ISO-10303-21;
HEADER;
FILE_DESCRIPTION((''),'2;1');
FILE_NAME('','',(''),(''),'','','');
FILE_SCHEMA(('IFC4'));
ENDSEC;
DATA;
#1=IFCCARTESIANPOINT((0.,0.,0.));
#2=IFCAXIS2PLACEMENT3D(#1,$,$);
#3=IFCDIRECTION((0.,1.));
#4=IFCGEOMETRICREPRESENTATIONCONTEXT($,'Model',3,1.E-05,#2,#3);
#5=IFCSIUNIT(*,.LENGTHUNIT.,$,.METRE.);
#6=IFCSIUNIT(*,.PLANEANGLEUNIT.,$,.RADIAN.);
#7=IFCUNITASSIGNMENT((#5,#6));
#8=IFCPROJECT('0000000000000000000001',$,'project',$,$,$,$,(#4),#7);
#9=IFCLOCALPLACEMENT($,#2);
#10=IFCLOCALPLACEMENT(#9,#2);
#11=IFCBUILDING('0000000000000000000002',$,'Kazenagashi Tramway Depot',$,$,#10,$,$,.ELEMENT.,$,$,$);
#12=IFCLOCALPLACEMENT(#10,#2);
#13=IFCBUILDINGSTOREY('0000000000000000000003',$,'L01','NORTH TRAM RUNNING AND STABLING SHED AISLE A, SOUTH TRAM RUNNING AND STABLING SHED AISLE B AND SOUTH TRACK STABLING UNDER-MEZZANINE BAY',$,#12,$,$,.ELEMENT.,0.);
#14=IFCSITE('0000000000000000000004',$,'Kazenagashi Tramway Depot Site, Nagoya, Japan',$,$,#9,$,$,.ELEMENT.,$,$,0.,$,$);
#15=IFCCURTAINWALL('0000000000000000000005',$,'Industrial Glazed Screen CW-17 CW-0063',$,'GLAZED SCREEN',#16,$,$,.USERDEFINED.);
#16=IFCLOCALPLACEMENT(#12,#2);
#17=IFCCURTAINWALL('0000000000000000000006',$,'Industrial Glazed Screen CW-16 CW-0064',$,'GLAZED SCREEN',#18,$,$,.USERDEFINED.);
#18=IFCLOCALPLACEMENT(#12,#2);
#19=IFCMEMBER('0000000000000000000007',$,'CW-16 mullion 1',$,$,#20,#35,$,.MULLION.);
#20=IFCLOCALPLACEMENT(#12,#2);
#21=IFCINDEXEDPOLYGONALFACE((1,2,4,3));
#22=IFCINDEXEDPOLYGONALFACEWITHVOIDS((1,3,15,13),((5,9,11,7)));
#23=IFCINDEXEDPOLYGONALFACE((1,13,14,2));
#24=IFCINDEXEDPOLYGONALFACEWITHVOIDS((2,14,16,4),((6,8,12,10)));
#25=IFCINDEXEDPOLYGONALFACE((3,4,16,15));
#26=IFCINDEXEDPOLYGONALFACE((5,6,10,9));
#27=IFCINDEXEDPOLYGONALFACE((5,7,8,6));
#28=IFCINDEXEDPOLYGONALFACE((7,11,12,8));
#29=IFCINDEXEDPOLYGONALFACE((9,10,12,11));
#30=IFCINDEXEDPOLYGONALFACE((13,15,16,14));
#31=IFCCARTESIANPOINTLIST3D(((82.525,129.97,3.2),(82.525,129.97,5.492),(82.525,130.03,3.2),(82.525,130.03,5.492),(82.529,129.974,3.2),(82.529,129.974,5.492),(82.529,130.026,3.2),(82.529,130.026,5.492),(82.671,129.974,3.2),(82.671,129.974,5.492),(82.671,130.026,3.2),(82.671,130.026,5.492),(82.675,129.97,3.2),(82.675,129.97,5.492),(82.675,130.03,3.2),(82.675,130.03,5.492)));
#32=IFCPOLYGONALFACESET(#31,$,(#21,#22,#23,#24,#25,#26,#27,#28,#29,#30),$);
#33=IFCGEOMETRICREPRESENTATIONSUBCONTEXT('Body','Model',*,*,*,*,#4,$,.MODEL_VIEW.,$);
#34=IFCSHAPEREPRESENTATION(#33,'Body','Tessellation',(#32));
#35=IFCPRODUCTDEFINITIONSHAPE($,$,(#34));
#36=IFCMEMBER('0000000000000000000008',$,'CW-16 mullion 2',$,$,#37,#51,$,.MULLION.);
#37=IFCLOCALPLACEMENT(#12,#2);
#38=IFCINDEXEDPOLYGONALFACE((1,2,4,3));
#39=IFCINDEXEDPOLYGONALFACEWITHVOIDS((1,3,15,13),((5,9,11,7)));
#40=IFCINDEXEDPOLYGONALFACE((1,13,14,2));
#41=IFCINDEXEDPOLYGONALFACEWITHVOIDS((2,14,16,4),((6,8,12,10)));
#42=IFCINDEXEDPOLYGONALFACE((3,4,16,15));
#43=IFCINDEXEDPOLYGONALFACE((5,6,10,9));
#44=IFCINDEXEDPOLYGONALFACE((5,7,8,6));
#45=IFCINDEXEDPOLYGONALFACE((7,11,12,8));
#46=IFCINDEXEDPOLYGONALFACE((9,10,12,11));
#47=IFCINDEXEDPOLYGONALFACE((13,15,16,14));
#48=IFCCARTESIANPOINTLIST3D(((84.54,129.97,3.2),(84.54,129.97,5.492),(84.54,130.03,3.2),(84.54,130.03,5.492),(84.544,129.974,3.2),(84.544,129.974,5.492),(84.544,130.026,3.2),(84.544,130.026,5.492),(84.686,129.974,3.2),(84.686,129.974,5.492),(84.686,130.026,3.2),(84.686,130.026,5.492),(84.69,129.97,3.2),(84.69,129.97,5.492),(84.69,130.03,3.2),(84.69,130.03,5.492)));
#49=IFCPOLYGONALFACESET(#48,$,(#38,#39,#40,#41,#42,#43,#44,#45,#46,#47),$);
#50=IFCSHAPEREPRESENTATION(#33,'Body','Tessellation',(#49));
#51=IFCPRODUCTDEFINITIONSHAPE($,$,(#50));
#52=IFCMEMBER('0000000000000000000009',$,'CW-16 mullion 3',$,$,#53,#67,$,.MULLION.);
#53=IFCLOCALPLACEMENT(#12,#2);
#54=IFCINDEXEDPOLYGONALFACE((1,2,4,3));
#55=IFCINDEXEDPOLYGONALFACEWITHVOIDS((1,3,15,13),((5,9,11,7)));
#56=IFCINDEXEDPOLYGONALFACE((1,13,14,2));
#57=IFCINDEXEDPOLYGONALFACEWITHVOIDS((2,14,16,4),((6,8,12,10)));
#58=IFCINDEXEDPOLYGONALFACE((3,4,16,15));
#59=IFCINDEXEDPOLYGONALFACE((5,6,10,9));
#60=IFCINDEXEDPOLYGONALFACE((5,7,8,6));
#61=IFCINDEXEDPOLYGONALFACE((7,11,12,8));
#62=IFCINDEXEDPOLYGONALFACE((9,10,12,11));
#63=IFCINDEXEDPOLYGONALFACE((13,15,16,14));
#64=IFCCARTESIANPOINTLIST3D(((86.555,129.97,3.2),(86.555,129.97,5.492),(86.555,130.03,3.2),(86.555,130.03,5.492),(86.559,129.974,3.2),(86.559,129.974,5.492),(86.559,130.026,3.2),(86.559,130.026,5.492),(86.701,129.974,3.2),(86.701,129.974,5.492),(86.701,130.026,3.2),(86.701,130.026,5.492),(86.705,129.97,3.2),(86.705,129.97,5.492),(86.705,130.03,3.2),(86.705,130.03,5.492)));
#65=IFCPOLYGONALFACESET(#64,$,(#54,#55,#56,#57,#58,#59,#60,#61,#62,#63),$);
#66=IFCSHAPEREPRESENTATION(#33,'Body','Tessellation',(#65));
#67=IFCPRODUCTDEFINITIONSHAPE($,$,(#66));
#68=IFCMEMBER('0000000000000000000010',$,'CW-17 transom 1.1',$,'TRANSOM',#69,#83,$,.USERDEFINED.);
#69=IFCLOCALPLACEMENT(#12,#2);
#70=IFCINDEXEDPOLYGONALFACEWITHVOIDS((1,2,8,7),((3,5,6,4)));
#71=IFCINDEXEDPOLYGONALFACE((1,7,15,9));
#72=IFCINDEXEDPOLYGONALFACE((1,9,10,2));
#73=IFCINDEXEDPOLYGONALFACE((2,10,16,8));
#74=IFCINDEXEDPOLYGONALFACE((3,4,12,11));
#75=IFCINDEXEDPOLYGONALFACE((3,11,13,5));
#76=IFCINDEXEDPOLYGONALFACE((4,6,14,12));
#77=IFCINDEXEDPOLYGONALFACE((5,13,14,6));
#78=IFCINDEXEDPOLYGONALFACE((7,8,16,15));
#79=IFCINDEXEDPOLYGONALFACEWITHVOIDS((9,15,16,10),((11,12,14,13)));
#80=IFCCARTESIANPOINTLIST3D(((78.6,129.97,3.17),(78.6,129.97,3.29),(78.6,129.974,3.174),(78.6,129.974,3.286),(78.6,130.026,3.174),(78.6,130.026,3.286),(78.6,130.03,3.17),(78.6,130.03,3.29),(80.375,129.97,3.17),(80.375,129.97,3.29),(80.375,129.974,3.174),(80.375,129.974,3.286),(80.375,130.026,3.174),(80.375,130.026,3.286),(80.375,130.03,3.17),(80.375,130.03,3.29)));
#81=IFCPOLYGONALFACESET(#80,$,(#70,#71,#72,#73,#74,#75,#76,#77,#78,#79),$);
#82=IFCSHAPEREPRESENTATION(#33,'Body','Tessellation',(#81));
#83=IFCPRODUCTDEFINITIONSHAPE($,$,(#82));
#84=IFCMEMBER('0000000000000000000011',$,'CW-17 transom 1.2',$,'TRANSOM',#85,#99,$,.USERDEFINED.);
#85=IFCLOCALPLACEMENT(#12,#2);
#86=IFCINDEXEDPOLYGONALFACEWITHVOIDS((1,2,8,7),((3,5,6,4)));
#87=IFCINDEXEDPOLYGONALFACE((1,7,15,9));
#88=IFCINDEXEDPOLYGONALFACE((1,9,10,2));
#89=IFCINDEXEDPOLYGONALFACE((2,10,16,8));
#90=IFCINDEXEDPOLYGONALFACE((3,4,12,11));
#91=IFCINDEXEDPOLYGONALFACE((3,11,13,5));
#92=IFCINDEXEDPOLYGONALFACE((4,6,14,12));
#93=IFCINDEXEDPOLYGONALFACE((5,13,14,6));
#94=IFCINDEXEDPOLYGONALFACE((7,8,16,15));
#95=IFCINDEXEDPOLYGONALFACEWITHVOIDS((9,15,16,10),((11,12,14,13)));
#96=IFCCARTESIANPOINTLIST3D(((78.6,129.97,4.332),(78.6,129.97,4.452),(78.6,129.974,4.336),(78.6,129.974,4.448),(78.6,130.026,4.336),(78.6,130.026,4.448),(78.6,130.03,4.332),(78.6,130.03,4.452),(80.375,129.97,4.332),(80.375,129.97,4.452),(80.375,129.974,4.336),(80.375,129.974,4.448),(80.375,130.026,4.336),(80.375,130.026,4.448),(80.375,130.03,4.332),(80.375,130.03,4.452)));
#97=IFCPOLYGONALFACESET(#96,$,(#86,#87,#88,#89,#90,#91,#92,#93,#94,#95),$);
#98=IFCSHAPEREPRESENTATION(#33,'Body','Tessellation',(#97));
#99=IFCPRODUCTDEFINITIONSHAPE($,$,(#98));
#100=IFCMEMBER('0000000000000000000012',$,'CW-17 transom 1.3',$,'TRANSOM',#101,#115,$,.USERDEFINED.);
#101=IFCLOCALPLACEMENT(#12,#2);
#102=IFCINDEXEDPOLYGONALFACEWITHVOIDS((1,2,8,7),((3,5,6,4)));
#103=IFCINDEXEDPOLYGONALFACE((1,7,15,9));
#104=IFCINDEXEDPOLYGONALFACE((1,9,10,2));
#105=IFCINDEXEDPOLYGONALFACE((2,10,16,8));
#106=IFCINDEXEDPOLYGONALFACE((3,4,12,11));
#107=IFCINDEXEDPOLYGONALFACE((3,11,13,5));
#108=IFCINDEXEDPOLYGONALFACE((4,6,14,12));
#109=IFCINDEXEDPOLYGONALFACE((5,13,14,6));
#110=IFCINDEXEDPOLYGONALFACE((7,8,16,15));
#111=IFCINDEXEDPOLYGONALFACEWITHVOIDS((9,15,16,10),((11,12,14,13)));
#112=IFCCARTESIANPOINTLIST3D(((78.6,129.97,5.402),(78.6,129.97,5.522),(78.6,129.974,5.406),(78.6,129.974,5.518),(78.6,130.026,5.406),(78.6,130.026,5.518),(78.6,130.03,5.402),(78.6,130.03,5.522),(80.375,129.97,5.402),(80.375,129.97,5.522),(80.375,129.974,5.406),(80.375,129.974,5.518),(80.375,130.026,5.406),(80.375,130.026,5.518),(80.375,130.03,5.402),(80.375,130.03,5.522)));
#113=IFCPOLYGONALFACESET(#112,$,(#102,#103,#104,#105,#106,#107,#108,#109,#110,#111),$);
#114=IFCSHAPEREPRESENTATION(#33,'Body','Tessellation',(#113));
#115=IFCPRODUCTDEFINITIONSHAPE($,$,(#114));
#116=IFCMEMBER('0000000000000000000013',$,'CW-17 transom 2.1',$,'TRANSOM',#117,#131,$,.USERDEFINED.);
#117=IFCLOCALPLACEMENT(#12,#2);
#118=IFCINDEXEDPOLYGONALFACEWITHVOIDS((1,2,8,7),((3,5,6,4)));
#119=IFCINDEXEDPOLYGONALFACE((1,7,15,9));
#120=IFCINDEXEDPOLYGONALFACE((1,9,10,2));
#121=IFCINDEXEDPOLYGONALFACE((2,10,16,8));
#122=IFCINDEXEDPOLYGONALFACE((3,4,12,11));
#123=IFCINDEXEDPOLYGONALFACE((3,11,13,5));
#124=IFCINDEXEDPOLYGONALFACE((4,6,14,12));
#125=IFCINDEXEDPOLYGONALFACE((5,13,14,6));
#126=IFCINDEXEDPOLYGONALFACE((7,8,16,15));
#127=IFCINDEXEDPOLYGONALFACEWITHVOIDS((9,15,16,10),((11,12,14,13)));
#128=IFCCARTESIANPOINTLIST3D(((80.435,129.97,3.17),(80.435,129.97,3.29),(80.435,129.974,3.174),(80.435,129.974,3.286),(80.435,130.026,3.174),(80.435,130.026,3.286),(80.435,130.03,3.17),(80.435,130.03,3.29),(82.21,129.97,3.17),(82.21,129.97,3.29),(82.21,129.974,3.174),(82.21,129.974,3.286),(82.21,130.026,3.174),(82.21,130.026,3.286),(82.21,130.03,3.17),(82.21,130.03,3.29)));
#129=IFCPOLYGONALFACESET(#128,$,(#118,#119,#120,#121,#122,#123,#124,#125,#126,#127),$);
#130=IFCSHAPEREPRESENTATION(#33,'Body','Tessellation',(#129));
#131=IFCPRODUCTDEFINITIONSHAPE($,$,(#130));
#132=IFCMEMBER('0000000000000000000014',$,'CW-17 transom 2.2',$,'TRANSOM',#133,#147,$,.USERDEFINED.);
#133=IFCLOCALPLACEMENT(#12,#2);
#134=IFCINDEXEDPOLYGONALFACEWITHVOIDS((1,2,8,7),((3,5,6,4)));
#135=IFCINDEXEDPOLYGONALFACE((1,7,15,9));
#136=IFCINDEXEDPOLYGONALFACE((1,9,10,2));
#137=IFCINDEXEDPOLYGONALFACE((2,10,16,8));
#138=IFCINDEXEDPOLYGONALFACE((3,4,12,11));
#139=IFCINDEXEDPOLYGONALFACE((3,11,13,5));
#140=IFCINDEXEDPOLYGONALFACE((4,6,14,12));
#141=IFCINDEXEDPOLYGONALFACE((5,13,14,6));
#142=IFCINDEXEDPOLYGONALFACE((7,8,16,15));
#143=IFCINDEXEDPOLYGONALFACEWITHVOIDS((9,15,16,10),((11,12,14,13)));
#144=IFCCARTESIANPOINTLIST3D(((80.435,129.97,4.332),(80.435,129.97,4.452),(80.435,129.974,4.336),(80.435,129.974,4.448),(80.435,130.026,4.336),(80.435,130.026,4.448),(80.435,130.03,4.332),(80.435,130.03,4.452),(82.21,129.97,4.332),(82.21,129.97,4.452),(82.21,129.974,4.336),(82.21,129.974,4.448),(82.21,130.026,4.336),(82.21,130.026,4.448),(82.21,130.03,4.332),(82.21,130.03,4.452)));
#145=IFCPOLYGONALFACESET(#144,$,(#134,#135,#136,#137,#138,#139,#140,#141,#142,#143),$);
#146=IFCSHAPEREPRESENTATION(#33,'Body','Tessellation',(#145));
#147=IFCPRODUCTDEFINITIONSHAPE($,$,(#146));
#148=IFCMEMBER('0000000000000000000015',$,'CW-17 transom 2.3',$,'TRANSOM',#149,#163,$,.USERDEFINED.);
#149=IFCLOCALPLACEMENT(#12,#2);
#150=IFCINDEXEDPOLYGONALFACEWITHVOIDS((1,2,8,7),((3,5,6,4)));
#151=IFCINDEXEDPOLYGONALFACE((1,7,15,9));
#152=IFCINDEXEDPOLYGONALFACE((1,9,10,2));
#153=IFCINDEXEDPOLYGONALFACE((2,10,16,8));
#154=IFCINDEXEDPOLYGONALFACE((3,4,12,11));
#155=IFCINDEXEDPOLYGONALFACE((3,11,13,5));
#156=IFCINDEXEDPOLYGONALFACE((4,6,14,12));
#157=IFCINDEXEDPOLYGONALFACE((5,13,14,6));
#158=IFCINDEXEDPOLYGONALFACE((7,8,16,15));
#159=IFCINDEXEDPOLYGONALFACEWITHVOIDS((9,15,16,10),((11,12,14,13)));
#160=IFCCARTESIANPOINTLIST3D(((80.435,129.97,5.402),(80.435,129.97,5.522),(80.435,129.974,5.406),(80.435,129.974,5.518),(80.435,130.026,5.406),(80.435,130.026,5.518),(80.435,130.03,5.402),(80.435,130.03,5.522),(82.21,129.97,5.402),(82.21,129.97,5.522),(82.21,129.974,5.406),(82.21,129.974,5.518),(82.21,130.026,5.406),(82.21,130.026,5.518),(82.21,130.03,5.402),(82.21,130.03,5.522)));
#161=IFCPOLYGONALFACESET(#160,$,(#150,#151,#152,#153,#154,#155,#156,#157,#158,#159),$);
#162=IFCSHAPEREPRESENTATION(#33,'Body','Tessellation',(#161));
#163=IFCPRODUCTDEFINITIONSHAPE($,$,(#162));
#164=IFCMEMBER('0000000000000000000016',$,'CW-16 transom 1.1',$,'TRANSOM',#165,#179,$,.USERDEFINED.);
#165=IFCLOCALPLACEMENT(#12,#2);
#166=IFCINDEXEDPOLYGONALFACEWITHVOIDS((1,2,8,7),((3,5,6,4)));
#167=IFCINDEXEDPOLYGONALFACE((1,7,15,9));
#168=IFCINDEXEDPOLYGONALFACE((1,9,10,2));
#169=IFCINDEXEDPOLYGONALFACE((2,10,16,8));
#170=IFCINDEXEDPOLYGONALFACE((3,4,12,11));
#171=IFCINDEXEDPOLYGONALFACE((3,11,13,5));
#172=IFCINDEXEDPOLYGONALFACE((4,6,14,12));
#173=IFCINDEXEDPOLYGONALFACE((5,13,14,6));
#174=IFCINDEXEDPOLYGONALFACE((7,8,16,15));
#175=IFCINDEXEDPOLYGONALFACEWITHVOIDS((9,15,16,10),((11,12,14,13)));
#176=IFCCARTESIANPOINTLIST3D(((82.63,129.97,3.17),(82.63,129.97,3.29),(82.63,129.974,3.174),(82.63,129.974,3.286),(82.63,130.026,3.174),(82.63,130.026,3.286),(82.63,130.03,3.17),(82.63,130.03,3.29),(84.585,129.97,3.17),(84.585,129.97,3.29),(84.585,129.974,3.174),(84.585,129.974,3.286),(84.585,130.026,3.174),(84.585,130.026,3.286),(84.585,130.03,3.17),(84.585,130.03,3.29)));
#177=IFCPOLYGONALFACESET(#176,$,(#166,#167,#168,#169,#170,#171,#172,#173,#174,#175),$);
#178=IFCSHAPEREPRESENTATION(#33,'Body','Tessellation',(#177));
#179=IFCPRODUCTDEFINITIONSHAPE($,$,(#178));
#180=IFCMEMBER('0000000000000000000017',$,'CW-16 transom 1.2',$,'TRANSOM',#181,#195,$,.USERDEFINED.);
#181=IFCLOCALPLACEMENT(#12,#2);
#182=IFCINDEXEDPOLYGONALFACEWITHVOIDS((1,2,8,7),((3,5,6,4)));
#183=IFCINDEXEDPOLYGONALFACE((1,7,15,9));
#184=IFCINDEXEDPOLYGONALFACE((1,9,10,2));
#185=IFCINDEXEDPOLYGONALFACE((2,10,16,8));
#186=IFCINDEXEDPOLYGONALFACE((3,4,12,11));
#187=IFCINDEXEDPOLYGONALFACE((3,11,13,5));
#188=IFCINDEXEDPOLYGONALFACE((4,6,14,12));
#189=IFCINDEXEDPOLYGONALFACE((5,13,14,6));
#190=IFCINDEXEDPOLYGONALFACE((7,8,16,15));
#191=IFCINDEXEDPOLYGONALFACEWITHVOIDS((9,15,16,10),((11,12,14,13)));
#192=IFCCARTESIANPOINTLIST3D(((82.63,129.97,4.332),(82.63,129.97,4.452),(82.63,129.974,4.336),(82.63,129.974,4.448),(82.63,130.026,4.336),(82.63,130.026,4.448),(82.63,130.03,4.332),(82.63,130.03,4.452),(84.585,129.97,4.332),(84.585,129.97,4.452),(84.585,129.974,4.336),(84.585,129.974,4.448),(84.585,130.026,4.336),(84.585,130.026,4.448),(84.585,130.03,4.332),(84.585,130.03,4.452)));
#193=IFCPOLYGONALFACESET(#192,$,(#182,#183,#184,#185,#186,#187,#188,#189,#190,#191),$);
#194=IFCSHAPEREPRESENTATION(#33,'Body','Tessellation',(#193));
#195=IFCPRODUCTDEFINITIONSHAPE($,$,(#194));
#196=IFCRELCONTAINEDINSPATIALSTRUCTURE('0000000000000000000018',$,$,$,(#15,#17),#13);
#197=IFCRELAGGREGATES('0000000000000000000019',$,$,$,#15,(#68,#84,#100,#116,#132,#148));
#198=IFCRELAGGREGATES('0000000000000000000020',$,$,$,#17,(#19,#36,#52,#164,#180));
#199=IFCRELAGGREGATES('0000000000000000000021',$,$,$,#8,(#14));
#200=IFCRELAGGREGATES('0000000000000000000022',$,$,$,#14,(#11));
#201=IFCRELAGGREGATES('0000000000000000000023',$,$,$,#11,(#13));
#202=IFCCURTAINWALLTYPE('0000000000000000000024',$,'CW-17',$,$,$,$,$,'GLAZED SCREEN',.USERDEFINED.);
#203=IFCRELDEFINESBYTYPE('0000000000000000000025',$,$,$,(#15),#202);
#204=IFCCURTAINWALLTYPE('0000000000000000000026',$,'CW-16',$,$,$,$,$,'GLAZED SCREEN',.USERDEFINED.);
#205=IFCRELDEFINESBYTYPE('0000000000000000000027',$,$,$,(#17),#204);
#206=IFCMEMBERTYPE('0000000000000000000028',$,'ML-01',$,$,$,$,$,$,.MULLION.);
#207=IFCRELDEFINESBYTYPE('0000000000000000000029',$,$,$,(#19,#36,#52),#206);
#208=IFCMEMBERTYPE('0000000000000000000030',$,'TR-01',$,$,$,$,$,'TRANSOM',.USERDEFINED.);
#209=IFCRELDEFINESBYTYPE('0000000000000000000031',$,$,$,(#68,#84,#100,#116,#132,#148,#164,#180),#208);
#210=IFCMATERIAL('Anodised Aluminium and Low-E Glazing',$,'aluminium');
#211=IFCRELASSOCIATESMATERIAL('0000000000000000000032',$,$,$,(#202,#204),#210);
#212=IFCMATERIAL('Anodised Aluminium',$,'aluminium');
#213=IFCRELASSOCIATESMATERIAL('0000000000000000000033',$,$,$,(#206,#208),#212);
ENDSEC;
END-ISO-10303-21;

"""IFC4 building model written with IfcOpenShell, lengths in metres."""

from ifc_helpers import new_model, si_unit, direction, frame, origin, origin_2d, place, context, subcontext, project, spatial, hollow_rectangle, extrude, material, material_profile, profile_set, type_object, element, aggregate, save


model = new_model("IFC4")

# Units and contexts
model_context = context("Model", 3, precision=1e-05, world=origin(), true_north=direction((0.0, 1.0)))
body_context = subcontext(model_context, "Body", "Model", "MODEL_VIEW")
ifc_project = project(units=[si_unit("LENGTHUNIT", "METRE"), si_unit("PLANEANGLEUNIT", "RADIAN")], contexts=[model_context])

# Site, building, storey
site_placement = place(None, origin())
site = spatial("IfcSite", under=ifc_project, at=site_placement, Name="Kazenagashi Tramway Depot Site, Nagoya, Japan", CompositionType="ELEMENT", RefElevation=0.0)
building_placement = place(site_placement, origin())
building = spatial("IfcBuilding", under=site, at=building_placement, Name="Kazenagashi Tramway Depot", CompositionType="ELEMENT")
storey_placement = place(building_placement, origin())
storey = spatial("IfcBuildingStorey", under=building, at=storey_placement, Name="L01", Description="NORTH TRAM RUNNING AND STABLING SHED AISLE A, SOUTH TRAM RUNNING AND STABLING SHED AISLE B AND SOUTH TRACK STABLING UNDER-MEZZANINE BAY", CompositionType="ELEMENT", Elevation=0.0)

# Curtain walls, members
ifc_material_1 = material(Name="Anodised Aluminium and Low-E Glazing", Category="aluminium")
curtain_wall_type_1 = type_object("IfcCurtainWallType", Name="CW-17", ElementType="GLAZED SCREEN", PredefinedType="USERDEFINED", material=ifc_material_1)
curtain_wall_1_placement = place(storey_placement, origin())
curtain_wall_1 = element("IfcCurtainWall", 1, at=curtain_wall_1_placement, inside=storey, type_object=curtain_wall_type_1, Name="Industrial Glazed Screen CW-17 CW-0063", ObjectType="GLAZED SCREEN", PredefinedType="USERDEFINED")
ifc_material_2 = material(Name="Anodised Aluminium", Category="aluminium")
ifc_material_profile_1 = material_profile(ifc_material_2, hollow_rectangle(XDim=0.06, YDim=0.15, WallThickness=0.004, at=origin_2d()), Name="RHS-150x60x4")
ifc_profile_set_1 = profile_set([ifc_material_profile_1], Name="Anodised Aluminium")
member_type_1 = type_object("IfcMemberType", Name="ML-01", PredefinedType="MULLION", material=ifc_profile_set_1)
curtain_wall_type_2 = type_object("IfcCurtainWallType", Name="CW-16", ElementType="GLAZED SCREEN", PredefinedType="USERDEFINED", material=ifc_material_1)
curtain_wall_2_placement = place(storey_placement, origin())
curtain_wall_2 = element("IfcCurtainWall", 2, at=curtain_wall_2_placement, inside=storey, type_object=curtain_wall_type_2, Name="Industrial Glazed Screen CW-16 CW-0064", ObjectType="GLAZED SCREEN", PredefinedType="USERDEFINED")
member_1_placement = place(storey_placement, frame((82.6, 130.0, 3.2), z_axis=(0.0, 0.0, 1.0), x_axis=(0.0, 1.0, 0.0)))
member_1 = element("IfcMember", 3, at=member_1_placement, type_object=member_type_1, Name="CW-16 mullion 1", PredefinedType="MULLION", context=body_context, shape_type="SweptSolid", body=[
    extrude(hollow_rectangle(XDim=0.06, YDim=0.15, WallThickness=0.004, at=origin_2d()), origin(), (0.0, 0.0, 1.0), 2.292),
])
member_2_placement = place(storey_placement, frame((84.615, 130.0, 3.2), z_axis=(0.0, 0.0, 1.0), x_axis=(0.0, 1.0, 0.0)))
member_2 = element("IfcMember", 4, at=member_2_placement, type_object=member_type_1, Name="CW-16 mullion 2", PredefinedType="MULLION", context=body_context, shape_type="SweptSolid", body=[
    extrude(hollow_rectangle(XDim=0.06, YDim=0.15, WallThickness=0.004, at=origin_2d()), origin(), (0.0, 0.0, 1.0), 2.292),
])
member_3_placement = place(storey_placement, frame((86.63, 130.0, 3.2), z_axis=(0.0, 0.0, 1.0), x_axis=(0.0, 1.0, 0.0)))
member_3 = element("IfcMember", 5, at=member_3_placement, type_object=member_type_1, Name="CW-16 mullion 3", PredefinedType="MULLION", context=body_context, shape_type="SweptSolid", body=[
    extrude(hollow_rectangle(XDim=0.06, YDim=0.15, WallThickness=0.004, at=origin_2d()), origin(), (0.0, 0.0, 1.0), 2.292),
])

# Members
ifc_material_profile_2 = material_profile(ifc_material_2, hollow_rectangle(XDim=0.06, YDim=0.12, WallThickness=0.004, at=origin_2d()), Name="RHS-120x60x4")
ifc_profile_set_2 = profile_set([ifc_material_profile_2], Name="Anodised Aluminium")
member_type_2 = type_object("IfcMemberType", Name="TR-01", ElementType="TRANSOM", PredefinedType="USERDEFINED", material=ifc_profile_set_2)
member_4_placement = place(storey_placement, frame((78.6, 130.0, 3.23), z_axis=(1.0, 0.0, 0.0), x_axis=(0.0, 1.0, 0.0)))
member_4 = element("IfcMember", 6, at=member_4_placement, type_object=member_type_2, Name="CW-17 transom 1.1", ObjectType="TRANSOM", PredefinedType="USERDEFINED", context=body_context, shape_type="SweptSolid", body=[
    extrude(hollow_rectangle(XDim=0.06, YDim=0.12, WallThickness=0.004, at=origin_2d()), origin(), (0.0, 0.0, 1.0), 1.775),
])
member_5_placement = place(storey_placement, frame((78.6, 130.0, 4.392), z_axis=(1.0, 0.0, 0.0), x_axis=(0.0, 1.0, 0.0)))
member_5 = element("IfcMember", 7, at=member_5_placement, type_object=member_type_2, Name="CW-17 transom 1.2", ObjectType="TRANSOM", PredefinedType="USERDEFINED", context=body_context, shape_type="SweptSolid", body=[
    extrude(hollow_rectangle(XDim=0.06, YDim=0.12, WallThickness=0.004, at=origin_2d()), origin(), (0.0, 0.0, 1.0), 1.775),
])
member_6_placement = place(storey_placement, frame((78.6, 130.0, 5.462), z_axis=(1.0, 0.0, 0.0), x_axis=(0.0, 1.0, 0.0)))
member_6 = element("IfcMember", 8, at=member_6_placement, type_object=member_type_2, Name="CW-17 transom 1.3", ObjectType="TRANSOM", PredefinedType="USERDEFINED", context=body_context, shape_type="SweptSolid", body=[
    extrude(hollow_rectangle(XDim=0.06, YDim=0.12, WallThickness=0.004, at=origin_2d()), origin(), (0.0, 0.0, 1.0), 1.775),
])
member_7_placement = place(storey_placement, frame((80.435, 130.0, 3.23), z_axis=(1.0, 0.0, 0.0), x_axis=(0.0, 1.0, 0.0)))
member_7 = element("IfcMember", 9, at=member_7_placement, type_object=member_type_2, Name="CW-17 transom 2.1", ObjectType="TRANSOM", PredefinedType="USERDEFINED", context=body_context, shape_type="SweptSolid", body=[
    extrude(hollow_rectangle(XDim=0.06, YDim=0.12, WallThickness=0.004, at=origin_2d()), origin(), (0.0, 0.0, 1.0), 1.775),
])
member_8_placement = place(storey_placement, frame((80.435, 130.0, 4.392), z_axis=(1.0, 0.0, 0.0), x_axis=(0.0, 1.0, 0.0)))
member_8 = element("IfcMember", 10, at=member_8_placement, type_object=member_type_2, Name="CW-17 transom 2.2", ObjectType="TRANSOM", PredefinedType="USERDEFINED", context=body_context, shape_type="SweptSolid", body=[
    extrude(hollow_rectangle(XDim=0.06, YDim=0.12, WallThickness=0.004, at=origin_2d()), origin(), (0.0, 0.0, 1.0), 1.775),
])
member_9_placement = place(storey_placement, frame((80.435, 130.0, 5.462), z_axis=(1.0, 0.0, 0.0), x_axis=(0.0, 1.0, 0.0)))
member_9 = element("IfcMember", 11, at=member_9_placement, type_object=member_type_2, Name="CW-17 transom 2.3", ObjectType="TRANSOM", PredefinedType="USERDEFINED", context=body_context, shape_type="SweptSolid", body=[
    extrude(hollow_rectangle(XDim=0.06, YDim=0.12, WallThickness=0.004, at=origin_2d()), origin(), (0.0, 0.0, 1.0), 1.775),
])
member_10_placement = place(storey_placement, frame((82.63, 130.0, 3.23), z_axis=(1.0, 0.0, 0.0), x_axis=(0.0, 1.0, 0.0)))
member_10 = element("IfcMember", 12, at=member_10_placement, type_object=member_type_2, Name="CW-16 transom 1.1", ObjectType="TRANSOM", PredefinedType="USERDEFINED", context=body_context, shape_type="SweptSolid", body=[
    extrude(hollow_rectangle(XDim=0.06, YDim=0.12, WallThickness=0.004, at=origin_2d()), origin(), (0.0, 0.0, 1.0), 1.955),
])
member_11_placement = place(storey_placement, frame((82.63, 130.0, 4.392), z_axis=(1.0, 0.0, 0.0), x_axis=(0.0, 1.0, 0.0)))
member_11 = element("IfcMember", 13, at=member_11_placement, type_object=member_type_2, Name="CW-16 transom 1.2", ObjectType="TRANSOM", PredefinedType="USERDEFINED", context=body_context, shape_type="SweptSolid", body=[
    extrude(hollow_rectangle(XDim=0.06, YDim=0.12, WallThickness=0.004, at=origin_2d()), origin(), (0.0, 0.0, 1.0), 1.955),
])

aggregate(curtain_wall_1, [member_4, member_5, member_6, member_7, member_8, member_9])
aggregate(curtain_wall_2, [member_1, member_2, member_3, member_10, member_11])

save(model, "model.ifc")
